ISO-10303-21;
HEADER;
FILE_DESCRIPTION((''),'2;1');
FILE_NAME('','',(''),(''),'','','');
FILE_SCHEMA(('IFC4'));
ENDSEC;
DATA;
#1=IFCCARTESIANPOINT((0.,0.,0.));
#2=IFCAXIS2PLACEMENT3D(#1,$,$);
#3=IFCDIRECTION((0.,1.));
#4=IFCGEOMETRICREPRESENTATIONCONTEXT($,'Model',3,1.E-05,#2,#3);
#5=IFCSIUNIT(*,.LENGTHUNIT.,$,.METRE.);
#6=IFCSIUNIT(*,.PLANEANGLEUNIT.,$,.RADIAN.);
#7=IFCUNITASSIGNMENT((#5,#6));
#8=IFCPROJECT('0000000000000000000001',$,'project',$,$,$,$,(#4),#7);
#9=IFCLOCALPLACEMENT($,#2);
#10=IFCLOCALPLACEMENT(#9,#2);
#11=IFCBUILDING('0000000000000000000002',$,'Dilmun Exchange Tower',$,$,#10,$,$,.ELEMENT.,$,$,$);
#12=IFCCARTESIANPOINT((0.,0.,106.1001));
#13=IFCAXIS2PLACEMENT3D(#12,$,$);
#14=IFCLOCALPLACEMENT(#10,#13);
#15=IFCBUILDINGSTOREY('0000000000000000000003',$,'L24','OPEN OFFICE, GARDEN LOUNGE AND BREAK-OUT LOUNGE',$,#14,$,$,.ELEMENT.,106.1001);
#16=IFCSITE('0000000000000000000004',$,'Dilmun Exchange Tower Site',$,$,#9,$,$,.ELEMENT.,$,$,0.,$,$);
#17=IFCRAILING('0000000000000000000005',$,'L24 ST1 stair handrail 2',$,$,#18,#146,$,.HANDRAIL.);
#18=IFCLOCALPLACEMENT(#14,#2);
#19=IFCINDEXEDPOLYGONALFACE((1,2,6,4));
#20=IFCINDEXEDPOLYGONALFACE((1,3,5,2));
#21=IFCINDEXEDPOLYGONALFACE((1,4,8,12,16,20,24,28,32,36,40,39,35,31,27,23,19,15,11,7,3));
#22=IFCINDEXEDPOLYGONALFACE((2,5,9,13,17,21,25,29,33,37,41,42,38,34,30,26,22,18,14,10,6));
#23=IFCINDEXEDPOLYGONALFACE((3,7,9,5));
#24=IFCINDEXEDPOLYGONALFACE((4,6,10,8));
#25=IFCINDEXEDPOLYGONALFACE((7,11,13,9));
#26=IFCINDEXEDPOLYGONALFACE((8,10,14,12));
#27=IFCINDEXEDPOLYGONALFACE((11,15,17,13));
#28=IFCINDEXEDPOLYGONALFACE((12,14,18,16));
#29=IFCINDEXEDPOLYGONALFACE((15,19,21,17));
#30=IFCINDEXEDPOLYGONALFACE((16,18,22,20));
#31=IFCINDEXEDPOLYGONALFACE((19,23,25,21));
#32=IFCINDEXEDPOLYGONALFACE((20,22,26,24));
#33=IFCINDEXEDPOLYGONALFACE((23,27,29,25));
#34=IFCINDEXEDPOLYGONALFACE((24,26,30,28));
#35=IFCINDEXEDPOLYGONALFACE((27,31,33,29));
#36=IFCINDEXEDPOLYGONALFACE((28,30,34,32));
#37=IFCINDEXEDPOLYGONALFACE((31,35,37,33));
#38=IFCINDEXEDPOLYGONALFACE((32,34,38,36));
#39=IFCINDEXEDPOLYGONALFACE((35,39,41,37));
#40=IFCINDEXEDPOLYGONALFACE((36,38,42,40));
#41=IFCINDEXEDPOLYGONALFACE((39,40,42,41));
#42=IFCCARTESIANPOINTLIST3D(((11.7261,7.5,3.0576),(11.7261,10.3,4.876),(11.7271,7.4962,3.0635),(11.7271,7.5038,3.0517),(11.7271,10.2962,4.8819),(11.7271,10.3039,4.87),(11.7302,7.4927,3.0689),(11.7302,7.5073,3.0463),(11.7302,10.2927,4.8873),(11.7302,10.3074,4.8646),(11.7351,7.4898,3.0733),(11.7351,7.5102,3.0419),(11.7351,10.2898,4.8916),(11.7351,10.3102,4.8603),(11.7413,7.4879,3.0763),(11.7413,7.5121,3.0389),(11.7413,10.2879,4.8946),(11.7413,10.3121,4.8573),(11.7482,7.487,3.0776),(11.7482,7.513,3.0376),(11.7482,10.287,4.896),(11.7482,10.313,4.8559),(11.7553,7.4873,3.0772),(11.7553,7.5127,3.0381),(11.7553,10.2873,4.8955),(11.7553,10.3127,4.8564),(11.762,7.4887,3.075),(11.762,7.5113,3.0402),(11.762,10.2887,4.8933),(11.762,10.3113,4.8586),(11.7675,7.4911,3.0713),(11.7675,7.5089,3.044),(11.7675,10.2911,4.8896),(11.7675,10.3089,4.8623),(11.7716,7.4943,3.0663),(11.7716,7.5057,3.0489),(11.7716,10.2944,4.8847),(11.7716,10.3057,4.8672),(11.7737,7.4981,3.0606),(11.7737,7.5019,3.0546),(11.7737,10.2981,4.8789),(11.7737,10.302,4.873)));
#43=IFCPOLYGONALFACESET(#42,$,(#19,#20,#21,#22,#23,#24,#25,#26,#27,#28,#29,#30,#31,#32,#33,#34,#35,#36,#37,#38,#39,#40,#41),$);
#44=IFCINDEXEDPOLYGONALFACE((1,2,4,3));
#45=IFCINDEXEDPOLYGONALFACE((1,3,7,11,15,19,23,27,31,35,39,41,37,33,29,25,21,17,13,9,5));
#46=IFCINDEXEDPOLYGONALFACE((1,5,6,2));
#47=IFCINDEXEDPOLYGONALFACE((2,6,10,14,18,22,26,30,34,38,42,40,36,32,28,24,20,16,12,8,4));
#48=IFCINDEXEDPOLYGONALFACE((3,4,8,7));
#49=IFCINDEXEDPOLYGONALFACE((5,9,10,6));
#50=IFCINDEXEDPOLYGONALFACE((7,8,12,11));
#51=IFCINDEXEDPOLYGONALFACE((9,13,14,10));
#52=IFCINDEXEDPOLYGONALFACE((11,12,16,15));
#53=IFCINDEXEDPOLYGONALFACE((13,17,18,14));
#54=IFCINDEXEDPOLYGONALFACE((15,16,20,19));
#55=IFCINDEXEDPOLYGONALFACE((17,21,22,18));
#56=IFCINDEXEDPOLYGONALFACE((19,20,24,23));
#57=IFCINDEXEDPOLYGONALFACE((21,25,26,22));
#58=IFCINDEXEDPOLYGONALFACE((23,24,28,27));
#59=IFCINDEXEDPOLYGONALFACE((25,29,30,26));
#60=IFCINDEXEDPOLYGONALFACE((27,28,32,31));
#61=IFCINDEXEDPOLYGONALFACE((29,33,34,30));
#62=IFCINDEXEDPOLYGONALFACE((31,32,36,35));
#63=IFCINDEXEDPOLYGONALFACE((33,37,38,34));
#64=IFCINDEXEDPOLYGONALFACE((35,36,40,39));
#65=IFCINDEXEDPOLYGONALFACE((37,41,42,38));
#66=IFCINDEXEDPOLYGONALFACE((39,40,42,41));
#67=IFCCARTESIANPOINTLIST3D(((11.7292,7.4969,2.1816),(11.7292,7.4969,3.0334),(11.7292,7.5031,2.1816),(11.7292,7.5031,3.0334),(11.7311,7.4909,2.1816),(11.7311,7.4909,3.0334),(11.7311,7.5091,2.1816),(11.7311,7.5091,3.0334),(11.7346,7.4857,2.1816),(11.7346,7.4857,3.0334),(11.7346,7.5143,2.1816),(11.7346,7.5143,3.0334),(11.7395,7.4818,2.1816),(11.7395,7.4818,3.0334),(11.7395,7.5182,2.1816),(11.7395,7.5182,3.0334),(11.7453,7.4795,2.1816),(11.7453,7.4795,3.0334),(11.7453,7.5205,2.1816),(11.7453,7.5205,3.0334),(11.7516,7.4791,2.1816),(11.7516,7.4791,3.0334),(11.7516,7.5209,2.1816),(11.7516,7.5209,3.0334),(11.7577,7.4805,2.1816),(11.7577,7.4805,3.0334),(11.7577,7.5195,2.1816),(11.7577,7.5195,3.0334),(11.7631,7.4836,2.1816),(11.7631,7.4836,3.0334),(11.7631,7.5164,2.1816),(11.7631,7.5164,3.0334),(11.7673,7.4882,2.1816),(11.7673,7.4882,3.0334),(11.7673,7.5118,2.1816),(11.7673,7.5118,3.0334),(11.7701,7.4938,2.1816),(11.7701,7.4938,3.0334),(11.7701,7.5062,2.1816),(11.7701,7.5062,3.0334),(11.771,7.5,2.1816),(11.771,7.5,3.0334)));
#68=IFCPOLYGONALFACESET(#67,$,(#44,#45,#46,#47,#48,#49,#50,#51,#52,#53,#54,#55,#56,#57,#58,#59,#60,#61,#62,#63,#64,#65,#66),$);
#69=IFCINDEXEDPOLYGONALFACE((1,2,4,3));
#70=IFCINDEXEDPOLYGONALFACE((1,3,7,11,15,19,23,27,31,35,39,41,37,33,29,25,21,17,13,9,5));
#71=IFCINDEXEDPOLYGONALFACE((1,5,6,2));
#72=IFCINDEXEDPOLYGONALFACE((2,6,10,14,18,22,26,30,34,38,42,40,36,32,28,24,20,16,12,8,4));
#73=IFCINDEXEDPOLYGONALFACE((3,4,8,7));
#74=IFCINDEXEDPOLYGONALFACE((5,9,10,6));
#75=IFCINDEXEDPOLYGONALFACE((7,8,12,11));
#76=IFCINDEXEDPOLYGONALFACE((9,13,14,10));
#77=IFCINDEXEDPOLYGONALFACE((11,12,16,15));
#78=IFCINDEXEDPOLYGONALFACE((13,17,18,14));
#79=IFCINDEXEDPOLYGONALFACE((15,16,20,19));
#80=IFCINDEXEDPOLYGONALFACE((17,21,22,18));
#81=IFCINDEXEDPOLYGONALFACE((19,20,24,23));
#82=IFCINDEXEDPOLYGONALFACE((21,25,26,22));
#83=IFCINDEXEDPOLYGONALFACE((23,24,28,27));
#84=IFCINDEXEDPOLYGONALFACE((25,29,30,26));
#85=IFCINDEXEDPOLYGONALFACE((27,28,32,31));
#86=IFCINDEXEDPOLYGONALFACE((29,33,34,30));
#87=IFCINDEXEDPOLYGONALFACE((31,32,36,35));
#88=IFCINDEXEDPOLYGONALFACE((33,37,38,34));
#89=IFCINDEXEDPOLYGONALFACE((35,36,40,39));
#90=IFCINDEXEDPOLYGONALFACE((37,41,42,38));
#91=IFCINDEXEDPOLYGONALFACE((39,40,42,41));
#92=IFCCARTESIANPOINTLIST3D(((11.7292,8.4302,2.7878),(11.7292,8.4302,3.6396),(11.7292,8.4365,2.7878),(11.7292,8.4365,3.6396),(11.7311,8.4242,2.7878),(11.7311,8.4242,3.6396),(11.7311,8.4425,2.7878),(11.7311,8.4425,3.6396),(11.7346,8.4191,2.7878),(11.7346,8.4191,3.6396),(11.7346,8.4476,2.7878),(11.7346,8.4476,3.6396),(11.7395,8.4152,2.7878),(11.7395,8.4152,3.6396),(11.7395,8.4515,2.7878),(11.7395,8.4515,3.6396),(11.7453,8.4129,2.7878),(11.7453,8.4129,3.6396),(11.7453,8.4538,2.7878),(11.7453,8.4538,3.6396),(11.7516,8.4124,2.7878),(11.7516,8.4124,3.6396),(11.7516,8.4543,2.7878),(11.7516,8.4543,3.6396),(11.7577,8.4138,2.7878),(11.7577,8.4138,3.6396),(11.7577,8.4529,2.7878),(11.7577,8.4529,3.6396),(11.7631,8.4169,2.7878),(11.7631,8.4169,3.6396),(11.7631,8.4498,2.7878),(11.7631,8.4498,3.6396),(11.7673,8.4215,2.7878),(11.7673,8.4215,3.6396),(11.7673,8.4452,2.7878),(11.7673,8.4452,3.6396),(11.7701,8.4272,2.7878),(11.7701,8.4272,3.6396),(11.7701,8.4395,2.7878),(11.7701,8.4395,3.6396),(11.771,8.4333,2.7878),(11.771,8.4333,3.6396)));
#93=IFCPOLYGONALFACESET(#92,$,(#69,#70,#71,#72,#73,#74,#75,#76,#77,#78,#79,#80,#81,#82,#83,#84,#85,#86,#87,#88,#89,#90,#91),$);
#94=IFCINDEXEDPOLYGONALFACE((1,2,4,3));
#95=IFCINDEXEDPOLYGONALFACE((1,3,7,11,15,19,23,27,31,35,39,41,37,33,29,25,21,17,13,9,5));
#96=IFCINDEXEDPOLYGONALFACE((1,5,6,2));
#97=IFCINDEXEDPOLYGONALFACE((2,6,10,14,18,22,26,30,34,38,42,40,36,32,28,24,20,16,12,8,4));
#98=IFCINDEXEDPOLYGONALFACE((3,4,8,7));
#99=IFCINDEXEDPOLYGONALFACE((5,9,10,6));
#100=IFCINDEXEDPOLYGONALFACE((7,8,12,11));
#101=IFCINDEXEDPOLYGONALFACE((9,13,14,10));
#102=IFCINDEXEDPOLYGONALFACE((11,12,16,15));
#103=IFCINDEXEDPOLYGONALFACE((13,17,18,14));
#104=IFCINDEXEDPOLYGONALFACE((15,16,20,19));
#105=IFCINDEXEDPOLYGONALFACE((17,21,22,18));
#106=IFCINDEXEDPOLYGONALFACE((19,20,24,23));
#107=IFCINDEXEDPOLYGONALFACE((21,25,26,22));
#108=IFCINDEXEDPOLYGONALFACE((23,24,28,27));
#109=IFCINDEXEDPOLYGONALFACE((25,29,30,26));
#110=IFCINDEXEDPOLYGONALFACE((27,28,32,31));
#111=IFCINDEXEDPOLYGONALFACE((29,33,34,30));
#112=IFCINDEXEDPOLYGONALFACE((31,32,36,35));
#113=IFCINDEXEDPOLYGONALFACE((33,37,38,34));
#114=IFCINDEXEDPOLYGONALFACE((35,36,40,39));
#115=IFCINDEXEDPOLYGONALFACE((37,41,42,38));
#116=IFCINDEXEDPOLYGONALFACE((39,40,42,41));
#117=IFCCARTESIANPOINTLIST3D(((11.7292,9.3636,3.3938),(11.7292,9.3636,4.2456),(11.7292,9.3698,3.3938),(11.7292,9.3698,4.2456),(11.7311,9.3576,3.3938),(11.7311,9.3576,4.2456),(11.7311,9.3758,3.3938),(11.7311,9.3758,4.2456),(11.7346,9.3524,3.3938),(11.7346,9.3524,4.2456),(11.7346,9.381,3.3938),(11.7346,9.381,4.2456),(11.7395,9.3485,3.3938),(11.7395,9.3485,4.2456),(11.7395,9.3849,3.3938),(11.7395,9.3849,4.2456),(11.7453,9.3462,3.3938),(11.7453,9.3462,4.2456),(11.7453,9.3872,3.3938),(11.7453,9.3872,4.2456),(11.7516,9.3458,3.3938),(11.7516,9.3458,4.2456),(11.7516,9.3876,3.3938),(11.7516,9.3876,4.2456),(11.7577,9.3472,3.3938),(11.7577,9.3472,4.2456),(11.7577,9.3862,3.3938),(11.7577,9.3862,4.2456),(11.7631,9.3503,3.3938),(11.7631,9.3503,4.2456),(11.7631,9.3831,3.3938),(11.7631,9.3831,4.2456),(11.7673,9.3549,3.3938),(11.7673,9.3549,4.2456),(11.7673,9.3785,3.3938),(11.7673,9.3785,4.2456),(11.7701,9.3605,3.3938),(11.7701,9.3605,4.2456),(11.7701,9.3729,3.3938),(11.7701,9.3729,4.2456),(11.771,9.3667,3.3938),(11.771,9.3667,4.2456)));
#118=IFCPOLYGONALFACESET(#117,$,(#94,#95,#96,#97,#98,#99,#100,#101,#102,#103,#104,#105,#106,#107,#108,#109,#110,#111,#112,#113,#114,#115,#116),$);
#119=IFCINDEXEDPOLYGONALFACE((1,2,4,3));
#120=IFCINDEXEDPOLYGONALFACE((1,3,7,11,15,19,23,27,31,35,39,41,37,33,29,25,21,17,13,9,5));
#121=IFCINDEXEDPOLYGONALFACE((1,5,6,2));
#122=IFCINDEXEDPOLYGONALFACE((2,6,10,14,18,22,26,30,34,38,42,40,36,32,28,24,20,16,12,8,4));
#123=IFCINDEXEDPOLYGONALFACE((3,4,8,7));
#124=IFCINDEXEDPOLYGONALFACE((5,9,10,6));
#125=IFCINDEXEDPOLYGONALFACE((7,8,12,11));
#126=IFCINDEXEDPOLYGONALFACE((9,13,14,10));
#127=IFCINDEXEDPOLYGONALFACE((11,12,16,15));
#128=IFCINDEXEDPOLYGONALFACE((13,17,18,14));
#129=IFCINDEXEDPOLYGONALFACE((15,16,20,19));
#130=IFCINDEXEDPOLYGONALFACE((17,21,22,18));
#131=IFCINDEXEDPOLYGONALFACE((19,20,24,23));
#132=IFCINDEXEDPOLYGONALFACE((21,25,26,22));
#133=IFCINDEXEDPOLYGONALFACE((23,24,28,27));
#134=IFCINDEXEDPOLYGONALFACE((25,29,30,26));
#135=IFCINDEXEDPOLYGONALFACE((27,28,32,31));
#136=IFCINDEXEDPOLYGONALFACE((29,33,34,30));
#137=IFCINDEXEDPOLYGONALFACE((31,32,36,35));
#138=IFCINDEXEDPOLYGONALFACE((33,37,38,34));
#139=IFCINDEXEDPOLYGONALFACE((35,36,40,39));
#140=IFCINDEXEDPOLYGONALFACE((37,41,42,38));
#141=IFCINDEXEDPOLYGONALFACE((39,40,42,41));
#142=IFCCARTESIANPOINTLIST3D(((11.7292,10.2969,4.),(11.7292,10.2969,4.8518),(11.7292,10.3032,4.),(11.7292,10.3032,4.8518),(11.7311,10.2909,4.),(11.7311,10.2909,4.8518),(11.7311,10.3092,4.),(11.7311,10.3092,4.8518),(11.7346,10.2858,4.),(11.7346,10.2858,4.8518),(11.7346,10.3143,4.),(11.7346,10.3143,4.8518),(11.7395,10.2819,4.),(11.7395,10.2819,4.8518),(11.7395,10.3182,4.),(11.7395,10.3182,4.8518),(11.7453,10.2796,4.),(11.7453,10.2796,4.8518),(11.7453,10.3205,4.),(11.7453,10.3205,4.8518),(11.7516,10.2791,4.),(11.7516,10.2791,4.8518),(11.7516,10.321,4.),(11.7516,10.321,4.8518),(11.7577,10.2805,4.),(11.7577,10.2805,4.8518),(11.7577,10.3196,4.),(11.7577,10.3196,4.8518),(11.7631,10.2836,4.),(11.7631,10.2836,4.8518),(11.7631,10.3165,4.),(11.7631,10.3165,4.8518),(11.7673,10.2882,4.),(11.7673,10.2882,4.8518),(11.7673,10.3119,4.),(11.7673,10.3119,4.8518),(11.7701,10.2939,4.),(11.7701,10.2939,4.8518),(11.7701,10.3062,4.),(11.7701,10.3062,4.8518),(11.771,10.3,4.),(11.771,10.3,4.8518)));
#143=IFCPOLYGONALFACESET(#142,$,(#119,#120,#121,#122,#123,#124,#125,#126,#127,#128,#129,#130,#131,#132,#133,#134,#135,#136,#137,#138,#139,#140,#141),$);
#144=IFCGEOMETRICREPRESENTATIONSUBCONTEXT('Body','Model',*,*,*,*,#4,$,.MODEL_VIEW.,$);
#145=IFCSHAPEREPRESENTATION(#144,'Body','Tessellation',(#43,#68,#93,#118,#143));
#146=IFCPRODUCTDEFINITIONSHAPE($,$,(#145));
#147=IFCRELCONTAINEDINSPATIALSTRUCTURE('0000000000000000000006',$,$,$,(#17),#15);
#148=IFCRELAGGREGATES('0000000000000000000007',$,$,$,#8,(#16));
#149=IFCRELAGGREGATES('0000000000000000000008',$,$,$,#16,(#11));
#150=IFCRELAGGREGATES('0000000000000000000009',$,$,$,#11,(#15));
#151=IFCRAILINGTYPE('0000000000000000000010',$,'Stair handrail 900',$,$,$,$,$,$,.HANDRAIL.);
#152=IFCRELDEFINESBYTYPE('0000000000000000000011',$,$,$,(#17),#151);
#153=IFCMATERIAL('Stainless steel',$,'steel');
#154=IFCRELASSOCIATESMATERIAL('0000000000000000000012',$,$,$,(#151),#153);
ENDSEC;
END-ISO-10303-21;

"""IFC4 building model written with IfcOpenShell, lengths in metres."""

from ifc_helpers import new_model, si_unit, direction, frame, origin, origin_2d, place, context, subcontext, project, spatial, circle, extrude, material, type_object, element, save


model = new_model("IFC4")

# Units and contexts
model_context = context("Model", 3, precision=1e-05, world=origin(), true_north=direction((0.0, 1.0)))
body_context = subcontext(model_context, "Body", "Model", "MODEL_VIEW")
ifc_project = project(units=[si_unit("LENGTHUNIT", "METRE"), si_unit("PLANEANGLEUNIT", "RADIAN")], contexts=[model_context])

# Site, building, storey
site_placement = place(None, origin())
site = spatial("IfcSite", under=ifc_project, at=site_placement, Name="Dilmun Exchange Tower Site", CompositionType="ELEMENT", RefElevation=0.0)
building_placement = place(site_placement, origin())
building = spatial("IfcBuilding", under=site, at=building_placement, Name="Dilmun Exchange Tower", CompositionType="ELEMENT")
storey_placement = place(building_placement, frame((0.0, 0.0, 106.1001)))
storey = spatial("IfcBuildingStorey", under=building, at=storey_placement, Name="L24", Description="OPEN OFFICE, GARDEN LOUNGE AND BREAK-OUT LOUNGE", CompositionType="ELEMENT", Elevation=106.1001)

# Railing
ifc_material_1 = material(Name="Stainless steel", Category="steel")
railing_type = type_object("IfcRailingType", Name="Stair handrail 900", PredefinedType="HANDRAIL", material=ifc_material_1)
railing_1_placement = place(storey_placement, frame((11.75, 7.5, 2.1816)))
element("IfcRailing", 1, at=railing_1_placement, inside=storey, type_object=railing_type, Name="L24 ST1 stair handrail 2", PredefinedType="HANDRAIL", context=body_context, shape_type="SweptSolid", body=[
    extrude(circle(Radius=0.0239, at=origin_2d()), frame((0.0, 0.0, 0.876), z_axis=(0.0, 0.838672, 0.544636), x_axis=(-1.0, 0.0, 0.0)), (0.0, 0.0, 1.0), 3.3386),
    extrude(circle(Radius=0.021, at=origin_2d()), origin(), (0.0, 0.0, 1.0), 0.8518),
    extrude(circle(Radius=0.021, at=origin_2d()), frame((0.0, 0.9333, 0.6062)), (0.0, 0.0, 1.0), 0.8518),
    extrude(circle(Radius=0.021, at=origin_2d()), frame((0.0, 1.8667, 1.2122)), (0.0, 0.0, 1.0), 0.8518),
    extrude(circle(Radius=0.021, at=origin_2d()), frame((0.0, 2.8, 1.8184)), (0.0, 0.0, 1.0), 0.8518),
])

save(model, "model.ifc")
